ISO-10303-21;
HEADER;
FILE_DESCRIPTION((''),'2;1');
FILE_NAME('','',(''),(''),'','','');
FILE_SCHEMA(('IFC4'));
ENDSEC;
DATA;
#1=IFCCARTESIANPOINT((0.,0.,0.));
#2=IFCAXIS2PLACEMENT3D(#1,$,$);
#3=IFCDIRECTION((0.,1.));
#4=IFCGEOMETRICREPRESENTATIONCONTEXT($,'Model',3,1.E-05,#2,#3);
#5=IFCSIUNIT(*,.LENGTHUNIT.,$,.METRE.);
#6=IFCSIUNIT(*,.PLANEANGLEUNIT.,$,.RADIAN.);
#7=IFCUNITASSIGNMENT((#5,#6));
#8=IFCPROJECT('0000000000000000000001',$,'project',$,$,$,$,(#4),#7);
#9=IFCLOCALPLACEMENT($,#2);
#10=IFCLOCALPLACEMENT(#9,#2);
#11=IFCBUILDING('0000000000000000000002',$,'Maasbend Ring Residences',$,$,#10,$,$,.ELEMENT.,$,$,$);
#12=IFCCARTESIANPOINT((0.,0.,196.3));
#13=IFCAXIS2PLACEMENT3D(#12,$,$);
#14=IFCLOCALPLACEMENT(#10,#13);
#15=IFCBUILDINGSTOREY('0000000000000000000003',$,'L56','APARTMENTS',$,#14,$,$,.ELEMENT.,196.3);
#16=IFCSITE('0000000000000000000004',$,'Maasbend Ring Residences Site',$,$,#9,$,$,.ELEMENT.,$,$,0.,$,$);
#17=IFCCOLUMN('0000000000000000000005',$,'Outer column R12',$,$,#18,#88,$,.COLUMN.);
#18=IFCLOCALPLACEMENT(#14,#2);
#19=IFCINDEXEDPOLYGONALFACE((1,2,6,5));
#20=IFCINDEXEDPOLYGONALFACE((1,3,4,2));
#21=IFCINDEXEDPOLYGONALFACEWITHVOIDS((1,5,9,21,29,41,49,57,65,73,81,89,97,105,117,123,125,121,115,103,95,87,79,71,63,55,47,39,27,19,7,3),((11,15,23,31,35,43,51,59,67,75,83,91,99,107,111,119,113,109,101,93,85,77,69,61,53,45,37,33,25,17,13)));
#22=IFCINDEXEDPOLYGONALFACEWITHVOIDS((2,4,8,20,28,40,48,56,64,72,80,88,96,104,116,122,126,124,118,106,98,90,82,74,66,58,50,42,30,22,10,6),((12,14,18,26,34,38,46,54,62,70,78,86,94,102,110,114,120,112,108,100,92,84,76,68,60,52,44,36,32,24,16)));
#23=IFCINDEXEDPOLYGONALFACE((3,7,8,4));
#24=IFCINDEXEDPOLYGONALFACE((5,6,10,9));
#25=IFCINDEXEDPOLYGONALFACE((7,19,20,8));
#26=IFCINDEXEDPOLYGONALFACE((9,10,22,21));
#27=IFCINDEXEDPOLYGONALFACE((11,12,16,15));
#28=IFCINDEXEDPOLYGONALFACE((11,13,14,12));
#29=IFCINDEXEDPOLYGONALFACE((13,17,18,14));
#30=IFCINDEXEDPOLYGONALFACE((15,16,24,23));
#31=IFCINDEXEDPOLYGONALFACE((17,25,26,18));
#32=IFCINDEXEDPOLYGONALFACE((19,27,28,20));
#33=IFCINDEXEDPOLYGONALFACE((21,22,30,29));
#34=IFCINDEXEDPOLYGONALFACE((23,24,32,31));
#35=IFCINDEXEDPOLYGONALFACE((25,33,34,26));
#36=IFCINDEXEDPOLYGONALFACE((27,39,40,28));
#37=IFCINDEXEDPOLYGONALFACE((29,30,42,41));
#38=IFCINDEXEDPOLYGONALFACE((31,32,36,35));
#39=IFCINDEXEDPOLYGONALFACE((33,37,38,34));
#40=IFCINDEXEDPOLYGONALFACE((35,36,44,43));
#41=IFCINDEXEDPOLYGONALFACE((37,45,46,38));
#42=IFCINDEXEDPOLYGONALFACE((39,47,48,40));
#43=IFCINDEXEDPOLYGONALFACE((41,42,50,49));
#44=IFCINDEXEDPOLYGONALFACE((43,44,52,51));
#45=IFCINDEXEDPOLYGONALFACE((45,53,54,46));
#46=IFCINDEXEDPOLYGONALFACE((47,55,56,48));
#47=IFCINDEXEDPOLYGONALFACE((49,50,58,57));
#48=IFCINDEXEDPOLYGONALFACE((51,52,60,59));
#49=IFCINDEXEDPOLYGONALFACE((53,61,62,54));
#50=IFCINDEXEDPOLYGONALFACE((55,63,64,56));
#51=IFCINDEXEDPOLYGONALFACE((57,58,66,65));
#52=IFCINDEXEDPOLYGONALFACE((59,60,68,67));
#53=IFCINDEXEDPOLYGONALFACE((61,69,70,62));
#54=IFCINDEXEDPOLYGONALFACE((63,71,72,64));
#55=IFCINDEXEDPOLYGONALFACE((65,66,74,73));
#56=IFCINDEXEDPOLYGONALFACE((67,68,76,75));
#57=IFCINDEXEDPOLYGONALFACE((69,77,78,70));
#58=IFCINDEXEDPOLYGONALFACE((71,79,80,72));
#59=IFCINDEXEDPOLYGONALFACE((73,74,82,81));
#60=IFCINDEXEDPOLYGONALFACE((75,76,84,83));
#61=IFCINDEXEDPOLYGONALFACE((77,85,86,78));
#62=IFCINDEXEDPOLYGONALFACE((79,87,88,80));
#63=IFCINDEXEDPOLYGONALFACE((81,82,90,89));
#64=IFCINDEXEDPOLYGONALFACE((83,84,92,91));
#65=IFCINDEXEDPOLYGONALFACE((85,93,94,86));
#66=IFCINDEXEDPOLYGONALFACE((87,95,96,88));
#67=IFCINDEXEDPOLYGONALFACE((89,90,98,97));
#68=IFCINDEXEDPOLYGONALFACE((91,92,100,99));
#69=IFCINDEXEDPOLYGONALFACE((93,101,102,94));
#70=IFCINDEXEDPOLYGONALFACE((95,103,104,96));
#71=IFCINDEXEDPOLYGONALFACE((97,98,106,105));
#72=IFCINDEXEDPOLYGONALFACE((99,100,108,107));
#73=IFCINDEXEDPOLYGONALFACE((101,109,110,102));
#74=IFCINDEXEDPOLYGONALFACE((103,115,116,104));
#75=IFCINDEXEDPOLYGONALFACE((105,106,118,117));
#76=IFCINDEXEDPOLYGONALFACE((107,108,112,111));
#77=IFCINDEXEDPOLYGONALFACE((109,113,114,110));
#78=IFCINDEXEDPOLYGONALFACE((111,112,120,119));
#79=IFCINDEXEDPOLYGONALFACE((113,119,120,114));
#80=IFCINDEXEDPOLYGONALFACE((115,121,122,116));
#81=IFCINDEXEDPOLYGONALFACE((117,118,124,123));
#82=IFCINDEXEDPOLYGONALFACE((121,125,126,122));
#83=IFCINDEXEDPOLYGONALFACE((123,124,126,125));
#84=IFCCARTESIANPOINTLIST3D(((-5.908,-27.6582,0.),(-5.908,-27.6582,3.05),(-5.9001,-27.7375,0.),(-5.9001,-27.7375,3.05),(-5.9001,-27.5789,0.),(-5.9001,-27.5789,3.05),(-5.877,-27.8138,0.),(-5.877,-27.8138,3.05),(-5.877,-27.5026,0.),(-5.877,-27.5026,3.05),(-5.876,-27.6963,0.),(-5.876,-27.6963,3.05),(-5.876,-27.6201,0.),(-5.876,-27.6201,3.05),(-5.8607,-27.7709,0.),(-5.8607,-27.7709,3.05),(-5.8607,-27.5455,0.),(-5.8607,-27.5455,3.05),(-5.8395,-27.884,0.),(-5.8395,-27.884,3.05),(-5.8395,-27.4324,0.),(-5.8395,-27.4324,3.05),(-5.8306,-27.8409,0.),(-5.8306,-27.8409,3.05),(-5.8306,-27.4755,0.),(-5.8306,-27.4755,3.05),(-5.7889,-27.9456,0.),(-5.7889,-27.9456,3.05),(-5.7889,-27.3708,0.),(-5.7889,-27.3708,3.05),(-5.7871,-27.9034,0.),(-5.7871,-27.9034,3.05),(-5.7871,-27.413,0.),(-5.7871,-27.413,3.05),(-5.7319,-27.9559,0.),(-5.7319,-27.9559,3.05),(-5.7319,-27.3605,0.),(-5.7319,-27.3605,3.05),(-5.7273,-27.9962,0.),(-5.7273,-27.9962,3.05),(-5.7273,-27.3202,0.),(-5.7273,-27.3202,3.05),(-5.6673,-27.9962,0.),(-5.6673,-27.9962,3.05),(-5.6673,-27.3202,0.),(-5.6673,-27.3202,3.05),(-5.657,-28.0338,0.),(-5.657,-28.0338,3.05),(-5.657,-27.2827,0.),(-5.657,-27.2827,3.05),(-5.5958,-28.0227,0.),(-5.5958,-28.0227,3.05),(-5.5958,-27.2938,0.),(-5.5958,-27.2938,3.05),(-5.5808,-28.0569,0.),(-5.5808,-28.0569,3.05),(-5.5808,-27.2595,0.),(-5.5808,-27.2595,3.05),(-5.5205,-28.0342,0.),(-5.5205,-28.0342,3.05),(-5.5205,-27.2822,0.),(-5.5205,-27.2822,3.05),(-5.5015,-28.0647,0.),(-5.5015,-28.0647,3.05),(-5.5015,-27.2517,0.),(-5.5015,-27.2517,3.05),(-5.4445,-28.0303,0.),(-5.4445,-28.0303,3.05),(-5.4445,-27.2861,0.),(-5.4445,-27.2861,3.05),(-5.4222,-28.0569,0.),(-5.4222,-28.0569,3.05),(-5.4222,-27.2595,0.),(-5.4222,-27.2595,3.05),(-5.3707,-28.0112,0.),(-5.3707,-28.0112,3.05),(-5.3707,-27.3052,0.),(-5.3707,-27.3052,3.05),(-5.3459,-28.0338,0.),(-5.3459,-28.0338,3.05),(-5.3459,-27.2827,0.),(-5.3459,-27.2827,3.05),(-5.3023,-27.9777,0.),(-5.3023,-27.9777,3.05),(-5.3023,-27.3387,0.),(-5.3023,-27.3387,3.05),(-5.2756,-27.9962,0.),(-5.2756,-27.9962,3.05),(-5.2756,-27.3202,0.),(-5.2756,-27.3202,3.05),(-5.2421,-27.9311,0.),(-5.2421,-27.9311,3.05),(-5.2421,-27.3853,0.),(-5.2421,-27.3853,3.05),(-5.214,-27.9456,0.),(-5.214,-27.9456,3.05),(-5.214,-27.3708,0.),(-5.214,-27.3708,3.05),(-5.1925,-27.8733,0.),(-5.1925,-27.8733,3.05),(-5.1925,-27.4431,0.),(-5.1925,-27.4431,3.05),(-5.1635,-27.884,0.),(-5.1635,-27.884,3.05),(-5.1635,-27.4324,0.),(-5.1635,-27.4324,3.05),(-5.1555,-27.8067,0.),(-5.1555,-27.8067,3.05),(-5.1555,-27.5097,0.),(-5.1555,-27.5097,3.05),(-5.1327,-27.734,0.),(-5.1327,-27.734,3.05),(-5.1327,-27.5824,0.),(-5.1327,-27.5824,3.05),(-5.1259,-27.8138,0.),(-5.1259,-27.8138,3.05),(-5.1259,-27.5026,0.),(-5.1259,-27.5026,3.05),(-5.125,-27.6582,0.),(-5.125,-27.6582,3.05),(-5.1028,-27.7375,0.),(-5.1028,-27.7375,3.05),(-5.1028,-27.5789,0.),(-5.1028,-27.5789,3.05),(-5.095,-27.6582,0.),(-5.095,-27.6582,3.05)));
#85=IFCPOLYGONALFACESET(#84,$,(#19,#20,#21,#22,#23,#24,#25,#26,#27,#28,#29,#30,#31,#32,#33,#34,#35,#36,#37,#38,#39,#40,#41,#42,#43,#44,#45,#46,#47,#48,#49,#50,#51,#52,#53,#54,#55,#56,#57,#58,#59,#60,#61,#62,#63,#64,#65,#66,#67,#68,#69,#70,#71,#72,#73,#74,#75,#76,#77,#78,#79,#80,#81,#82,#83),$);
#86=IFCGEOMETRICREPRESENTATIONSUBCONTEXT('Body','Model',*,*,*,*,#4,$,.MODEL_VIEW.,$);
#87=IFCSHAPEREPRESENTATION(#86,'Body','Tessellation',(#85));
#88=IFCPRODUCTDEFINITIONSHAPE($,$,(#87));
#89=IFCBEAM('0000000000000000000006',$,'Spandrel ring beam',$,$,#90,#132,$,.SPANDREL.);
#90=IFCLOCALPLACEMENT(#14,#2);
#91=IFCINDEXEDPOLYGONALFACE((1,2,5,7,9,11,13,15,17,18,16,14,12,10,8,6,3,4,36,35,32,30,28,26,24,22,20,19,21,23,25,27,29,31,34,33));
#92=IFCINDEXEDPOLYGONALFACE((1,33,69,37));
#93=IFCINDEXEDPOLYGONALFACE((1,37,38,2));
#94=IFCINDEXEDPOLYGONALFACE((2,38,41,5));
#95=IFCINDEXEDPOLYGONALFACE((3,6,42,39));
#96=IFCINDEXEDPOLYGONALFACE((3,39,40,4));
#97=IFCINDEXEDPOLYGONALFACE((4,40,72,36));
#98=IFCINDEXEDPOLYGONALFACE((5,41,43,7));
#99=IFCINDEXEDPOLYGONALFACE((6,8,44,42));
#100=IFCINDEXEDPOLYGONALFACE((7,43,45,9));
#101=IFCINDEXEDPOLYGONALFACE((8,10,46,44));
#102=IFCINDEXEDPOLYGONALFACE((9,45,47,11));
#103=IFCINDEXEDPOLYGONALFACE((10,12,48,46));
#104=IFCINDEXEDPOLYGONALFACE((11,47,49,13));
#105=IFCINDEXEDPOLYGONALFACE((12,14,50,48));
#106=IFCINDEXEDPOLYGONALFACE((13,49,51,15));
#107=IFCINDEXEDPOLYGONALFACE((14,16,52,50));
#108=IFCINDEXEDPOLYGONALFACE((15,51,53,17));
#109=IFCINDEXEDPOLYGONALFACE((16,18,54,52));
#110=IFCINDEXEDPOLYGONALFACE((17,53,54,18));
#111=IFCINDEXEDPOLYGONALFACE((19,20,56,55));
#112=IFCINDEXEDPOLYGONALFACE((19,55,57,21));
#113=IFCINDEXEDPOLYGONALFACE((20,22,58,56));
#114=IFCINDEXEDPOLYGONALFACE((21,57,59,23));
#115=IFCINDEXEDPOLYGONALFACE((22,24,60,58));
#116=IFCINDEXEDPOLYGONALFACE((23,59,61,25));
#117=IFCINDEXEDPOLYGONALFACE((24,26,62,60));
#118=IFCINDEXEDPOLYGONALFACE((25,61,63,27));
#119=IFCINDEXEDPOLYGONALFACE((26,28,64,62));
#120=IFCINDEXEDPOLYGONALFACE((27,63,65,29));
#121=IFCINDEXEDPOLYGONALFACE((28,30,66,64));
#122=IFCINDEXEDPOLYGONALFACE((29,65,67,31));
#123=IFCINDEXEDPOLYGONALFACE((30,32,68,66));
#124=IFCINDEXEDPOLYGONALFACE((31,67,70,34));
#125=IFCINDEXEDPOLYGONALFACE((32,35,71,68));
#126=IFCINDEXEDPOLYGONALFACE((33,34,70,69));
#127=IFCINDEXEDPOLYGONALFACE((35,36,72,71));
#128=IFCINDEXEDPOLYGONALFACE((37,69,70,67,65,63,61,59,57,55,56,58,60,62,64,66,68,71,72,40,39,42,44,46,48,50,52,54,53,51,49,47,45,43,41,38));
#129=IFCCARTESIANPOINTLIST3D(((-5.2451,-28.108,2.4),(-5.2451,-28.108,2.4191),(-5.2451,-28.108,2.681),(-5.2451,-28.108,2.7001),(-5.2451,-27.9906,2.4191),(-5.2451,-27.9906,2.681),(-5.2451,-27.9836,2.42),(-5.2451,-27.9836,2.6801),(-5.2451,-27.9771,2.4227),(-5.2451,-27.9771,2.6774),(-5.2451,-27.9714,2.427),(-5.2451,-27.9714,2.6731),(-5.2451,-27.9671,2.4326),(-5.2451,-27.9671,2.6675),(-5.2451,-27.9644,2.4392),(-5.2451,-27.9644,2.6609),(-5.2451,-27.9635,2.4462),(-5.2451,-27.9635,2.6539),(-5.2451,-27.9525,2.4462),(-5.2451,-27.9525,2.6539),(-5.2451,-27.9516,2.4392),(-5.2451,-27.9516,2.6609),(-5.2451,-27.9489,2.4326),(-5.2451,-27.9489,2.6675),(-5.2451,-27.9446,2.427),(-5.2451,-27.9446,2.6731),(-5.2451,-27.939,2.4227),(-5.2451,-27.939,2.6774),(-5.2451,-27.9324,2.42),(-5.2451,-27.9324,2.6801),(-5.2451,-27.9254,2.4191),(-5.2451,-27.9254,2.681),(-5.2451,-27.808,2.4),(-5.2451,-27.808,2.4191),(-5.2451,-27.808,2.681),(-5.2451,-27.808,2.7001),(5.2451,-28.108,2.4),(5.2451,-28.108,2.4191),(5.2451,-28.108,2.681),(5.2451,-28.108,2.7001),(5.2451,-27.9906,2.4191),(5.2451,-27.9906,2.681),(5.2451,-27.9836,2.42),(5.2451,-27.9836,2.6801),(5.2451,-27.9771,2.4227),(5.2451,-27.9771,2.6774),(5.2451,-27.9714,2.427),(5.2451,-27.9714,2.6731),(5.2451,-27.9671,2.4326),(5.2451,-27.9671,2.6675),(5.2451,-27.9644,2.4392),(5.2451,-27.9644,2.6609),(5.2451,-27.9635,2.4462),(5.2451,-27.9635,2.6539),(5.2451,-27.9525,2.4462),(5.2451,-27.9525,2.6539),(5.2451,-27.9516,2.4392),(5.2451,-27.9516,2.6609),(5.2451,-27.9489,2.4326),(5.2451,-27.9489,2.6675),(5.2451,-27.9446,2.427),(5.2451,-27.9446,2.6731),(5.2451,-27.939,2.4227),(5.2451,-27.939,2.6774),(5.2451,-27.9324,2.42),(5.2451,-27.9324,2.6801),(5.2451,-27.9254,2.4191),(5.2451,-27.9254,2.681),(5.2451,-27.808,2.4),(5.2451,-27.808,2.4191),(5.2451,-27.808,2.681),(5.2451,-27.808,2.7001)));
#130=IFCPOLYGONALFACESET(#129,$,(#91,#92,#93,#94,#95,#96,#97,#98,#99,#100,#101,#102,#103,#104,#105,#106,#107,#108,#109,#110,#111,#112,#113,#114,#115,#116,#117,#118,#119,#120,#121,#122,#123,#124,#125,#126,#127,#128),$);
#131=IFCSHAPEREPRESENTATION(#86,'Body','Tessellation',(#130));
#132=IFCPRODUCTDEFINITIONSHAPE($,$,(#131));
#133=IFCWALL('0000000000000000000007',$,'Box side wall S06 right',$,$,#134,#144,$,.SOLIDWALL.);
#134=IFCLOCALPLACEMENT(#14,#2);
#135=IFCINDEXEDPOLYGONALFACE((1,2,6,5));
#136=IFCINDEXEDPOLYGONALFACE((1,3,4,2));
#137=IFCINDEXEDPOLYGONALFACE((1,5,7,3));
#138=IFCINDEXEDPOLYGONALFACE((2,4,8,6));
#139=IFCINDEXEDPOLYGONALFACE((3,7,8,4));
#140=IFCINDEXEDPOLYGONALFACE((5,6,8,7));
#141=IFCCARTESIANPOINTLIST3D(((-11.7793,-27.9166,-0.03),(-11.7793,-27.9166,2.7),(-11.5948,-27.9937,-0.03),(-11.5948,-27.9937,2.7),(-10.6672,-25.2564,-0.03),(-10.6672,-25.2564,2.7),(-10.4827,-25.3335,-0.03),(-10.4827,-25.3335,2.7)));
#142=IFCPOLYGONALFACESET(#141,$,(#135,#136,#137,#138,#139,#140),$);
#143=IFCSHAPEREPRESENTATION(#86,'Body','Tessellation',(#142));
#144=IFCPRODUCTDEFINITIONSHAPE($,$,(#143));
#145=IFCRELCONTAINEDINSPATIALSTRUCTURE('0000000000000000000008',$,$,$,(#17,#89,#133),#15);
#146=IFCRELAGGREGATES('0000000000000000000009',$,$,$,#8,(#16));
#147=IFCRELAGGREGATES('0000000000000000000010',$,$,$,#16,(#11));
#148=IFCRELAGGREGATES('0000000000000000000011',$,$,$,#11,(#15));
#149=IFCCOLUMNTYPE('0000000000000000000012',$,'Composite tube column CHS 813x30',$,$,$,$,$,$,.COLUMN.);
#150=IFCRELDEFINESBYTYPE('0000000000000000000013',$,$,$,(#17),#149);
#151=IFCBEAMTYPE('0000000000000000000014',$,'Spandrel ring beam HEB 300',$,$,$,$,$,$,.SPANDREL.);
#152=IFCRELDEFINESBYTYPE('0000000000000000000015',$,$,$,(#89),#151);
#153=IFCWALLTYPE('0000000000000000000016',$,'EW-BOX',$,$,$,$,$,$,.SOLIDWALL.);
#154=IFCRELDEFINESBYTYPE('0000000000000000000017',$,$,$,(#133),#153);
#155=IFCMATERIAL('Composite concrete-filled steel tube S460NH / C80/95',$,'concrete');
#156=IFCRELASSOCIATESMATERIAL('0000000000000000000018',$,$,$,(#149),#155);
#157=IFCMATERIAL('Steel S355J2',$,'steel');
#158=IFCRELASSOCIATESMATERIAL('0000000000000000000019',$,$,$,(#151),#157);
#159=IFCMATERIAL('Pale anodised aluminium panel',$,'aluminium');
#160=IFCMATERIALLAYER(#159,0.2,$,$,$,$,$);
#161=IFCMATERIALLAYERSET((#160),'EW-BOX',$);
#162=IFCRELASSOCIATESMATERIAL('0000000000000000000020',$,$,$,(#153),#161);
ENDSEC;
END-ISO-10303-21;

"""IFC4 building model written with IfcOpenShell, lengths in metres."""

from ifc_helpers import new_model, si_unit, direction, frame, frame_2d, origin, origin_2d, place, context, subcontext, project, spatial, rectangle, hollow_circle, i_section, extrude, material, layer, layer_set, material_profile, profile_set, type_object, element, save


model = new_model("IFC4")

# Units and contexts
model_context = context("Model", 3, precision=1e-05, world=origin(), true_north=direction((0.0, 1.0)))
body_context = subcontext(model_context, "Body", "Model", "MODEL_VIEW")
ifc_project = project(units=[si_unit("LENGTHUNIT", "METRE"), si_unit("PLANEANGLEUNIT", "RADIAN")], contexts=[model_context])

# Site, building, storey
site_placement = place(None, origin())
site = spatial("IfcSite", under=ifc_project, at=site_placement, Name="Maasbend Ring Residences Site", CompositionType="ELEMENT", RefElevation=0.0)
building_placement = place(site_placement, origin())
building = spatial("IfcBuilding", under=site, at=building_placement, Name="Maasbend Ring Residences", CompositionType="ELEMENT")
storey_placement = place(building_placement, frame((0.0, 0.0, 196.3)))
storey = spatial("IfcBuildingStorey", under=building, at=storey_placement, Name="L56", Description="APARTMENTS", CompositionType="ELEMENT", Elevation=196.3)

# Column
ifc_material_1 = material(Name="Composite concrete-filled steel tube S460NH / C80/95", Category="concrete")
ifc_material_profile_1 = material_profile(ifc_material_1, hollow_circle(Radius=0.4065, WallThickness=0.03, at=origin_2d()), Name="Composite tube column CHS 813x30")
ifc_profile_set_1 = profile_set([ifc_material_profile_1], Name="Composite concrete-filled steel tube S460NH / C80/95")
column_type = type_object("IfcColumnType", Name="Composite tube column CHS 813x30", PredefinedType="COLUMN", material=ifc_profile_set_1)
column_placement = place(storey_placement, frame((-5.5015, -27.6582, 0.0), z_axis=(0.0, 0.0, 1.0), x_axis=(1.0, 0.0, 0.0)))
element("IfcColumn", 1, at=column_placement, inside=storey, type_object=column_type, Name="Outer column R12", PredefinedType="COLUMN", context=body_context, shape_type="SweptSolid", body=[
    extrude(hollow_circle(Radius=0.4065, WallThickness=0.03, at=origin_2d()), origin(), (0.0, 0.0, 1.0), 3.05),
])

# Beam
ifc_material_2 = material(Name="Steel S355J2", Category="steel")
ifc_material_profile_2 = material_profile(ifc_material_2, i_section(OverallWidth=0.3, OverallDepth=0.3, WebThickness=0.011, FlangeThickness=0.019, FilletRadius=0.0271, at=origin_2d()), Name="HEB 300")
ifc_profile_set_2 = profile_set([ifc_material_profile_2], Name="Steel S355J2")
beam_type = type_object("IfcBeamType", Name="Spandrel ring beam HEB 300", PredefinedType="SPANDREL", material=ifc_profile_set_2)
beam_placement = place(storey_placement, frame((-5.2451, -27.958, 2.55), z_axis=(1.0, 0.0, 0.0), x_axis=(0.0, 1.0, 0.0)))
element("IfcBeam", 2, at=beam_placement, inside=storey, type_object=beam_type, Name="Spandrel ring beam", PredefinedType="SPANDREL", context=body_context, shape_type="SweptSolid", body=[
    extrude(i_section(OverallWidth=0.3, OverallDepth=0.3, WebThickness=0.011, FlangeThickness=0.019, FilletRadius=0.0271, at=origin_2d()), origin(), (0.0, 0.0, 1.0), 10.4902),
])

# Wall
ifc_material_3 = material(Name="Pale anodised aluminium panel", Category="aluminium")
ifc_layer_1 = layer(ifc_material_3, 0.2)
ifc_layer_set_1 = layer_set([ifc_layer_1], Name="EW-BOX")
wall_type_1 = type_object("IfcWallType", Name="EW-BOX", PredefinedType="SOLIDWALL", material=ifc_layer_set_1)
wall_1_placement = place(storey_placement, frame((-10.575, -25.2949, -0.03), z_axis=(0.0, 0.0, 1.0), x_axis=(-0.385697, -0.922625, 0.0)))
element("IfcWall", 3, at=wall_1_placement, inside=storey, type_object=wall_type_1, Name="Box side wall S06 right", PredefinedType="SOLIDWALL", context=body_context, shape_type="SweptSolid", body=[
    extrude(rectangle(XDim=2.8833, YDim=0.2, at=frame_2d((1.4417, 0.0))), origin(), (0.0, 0.0, 1.0), 2.73),
])

save(model, "model.ifc")
